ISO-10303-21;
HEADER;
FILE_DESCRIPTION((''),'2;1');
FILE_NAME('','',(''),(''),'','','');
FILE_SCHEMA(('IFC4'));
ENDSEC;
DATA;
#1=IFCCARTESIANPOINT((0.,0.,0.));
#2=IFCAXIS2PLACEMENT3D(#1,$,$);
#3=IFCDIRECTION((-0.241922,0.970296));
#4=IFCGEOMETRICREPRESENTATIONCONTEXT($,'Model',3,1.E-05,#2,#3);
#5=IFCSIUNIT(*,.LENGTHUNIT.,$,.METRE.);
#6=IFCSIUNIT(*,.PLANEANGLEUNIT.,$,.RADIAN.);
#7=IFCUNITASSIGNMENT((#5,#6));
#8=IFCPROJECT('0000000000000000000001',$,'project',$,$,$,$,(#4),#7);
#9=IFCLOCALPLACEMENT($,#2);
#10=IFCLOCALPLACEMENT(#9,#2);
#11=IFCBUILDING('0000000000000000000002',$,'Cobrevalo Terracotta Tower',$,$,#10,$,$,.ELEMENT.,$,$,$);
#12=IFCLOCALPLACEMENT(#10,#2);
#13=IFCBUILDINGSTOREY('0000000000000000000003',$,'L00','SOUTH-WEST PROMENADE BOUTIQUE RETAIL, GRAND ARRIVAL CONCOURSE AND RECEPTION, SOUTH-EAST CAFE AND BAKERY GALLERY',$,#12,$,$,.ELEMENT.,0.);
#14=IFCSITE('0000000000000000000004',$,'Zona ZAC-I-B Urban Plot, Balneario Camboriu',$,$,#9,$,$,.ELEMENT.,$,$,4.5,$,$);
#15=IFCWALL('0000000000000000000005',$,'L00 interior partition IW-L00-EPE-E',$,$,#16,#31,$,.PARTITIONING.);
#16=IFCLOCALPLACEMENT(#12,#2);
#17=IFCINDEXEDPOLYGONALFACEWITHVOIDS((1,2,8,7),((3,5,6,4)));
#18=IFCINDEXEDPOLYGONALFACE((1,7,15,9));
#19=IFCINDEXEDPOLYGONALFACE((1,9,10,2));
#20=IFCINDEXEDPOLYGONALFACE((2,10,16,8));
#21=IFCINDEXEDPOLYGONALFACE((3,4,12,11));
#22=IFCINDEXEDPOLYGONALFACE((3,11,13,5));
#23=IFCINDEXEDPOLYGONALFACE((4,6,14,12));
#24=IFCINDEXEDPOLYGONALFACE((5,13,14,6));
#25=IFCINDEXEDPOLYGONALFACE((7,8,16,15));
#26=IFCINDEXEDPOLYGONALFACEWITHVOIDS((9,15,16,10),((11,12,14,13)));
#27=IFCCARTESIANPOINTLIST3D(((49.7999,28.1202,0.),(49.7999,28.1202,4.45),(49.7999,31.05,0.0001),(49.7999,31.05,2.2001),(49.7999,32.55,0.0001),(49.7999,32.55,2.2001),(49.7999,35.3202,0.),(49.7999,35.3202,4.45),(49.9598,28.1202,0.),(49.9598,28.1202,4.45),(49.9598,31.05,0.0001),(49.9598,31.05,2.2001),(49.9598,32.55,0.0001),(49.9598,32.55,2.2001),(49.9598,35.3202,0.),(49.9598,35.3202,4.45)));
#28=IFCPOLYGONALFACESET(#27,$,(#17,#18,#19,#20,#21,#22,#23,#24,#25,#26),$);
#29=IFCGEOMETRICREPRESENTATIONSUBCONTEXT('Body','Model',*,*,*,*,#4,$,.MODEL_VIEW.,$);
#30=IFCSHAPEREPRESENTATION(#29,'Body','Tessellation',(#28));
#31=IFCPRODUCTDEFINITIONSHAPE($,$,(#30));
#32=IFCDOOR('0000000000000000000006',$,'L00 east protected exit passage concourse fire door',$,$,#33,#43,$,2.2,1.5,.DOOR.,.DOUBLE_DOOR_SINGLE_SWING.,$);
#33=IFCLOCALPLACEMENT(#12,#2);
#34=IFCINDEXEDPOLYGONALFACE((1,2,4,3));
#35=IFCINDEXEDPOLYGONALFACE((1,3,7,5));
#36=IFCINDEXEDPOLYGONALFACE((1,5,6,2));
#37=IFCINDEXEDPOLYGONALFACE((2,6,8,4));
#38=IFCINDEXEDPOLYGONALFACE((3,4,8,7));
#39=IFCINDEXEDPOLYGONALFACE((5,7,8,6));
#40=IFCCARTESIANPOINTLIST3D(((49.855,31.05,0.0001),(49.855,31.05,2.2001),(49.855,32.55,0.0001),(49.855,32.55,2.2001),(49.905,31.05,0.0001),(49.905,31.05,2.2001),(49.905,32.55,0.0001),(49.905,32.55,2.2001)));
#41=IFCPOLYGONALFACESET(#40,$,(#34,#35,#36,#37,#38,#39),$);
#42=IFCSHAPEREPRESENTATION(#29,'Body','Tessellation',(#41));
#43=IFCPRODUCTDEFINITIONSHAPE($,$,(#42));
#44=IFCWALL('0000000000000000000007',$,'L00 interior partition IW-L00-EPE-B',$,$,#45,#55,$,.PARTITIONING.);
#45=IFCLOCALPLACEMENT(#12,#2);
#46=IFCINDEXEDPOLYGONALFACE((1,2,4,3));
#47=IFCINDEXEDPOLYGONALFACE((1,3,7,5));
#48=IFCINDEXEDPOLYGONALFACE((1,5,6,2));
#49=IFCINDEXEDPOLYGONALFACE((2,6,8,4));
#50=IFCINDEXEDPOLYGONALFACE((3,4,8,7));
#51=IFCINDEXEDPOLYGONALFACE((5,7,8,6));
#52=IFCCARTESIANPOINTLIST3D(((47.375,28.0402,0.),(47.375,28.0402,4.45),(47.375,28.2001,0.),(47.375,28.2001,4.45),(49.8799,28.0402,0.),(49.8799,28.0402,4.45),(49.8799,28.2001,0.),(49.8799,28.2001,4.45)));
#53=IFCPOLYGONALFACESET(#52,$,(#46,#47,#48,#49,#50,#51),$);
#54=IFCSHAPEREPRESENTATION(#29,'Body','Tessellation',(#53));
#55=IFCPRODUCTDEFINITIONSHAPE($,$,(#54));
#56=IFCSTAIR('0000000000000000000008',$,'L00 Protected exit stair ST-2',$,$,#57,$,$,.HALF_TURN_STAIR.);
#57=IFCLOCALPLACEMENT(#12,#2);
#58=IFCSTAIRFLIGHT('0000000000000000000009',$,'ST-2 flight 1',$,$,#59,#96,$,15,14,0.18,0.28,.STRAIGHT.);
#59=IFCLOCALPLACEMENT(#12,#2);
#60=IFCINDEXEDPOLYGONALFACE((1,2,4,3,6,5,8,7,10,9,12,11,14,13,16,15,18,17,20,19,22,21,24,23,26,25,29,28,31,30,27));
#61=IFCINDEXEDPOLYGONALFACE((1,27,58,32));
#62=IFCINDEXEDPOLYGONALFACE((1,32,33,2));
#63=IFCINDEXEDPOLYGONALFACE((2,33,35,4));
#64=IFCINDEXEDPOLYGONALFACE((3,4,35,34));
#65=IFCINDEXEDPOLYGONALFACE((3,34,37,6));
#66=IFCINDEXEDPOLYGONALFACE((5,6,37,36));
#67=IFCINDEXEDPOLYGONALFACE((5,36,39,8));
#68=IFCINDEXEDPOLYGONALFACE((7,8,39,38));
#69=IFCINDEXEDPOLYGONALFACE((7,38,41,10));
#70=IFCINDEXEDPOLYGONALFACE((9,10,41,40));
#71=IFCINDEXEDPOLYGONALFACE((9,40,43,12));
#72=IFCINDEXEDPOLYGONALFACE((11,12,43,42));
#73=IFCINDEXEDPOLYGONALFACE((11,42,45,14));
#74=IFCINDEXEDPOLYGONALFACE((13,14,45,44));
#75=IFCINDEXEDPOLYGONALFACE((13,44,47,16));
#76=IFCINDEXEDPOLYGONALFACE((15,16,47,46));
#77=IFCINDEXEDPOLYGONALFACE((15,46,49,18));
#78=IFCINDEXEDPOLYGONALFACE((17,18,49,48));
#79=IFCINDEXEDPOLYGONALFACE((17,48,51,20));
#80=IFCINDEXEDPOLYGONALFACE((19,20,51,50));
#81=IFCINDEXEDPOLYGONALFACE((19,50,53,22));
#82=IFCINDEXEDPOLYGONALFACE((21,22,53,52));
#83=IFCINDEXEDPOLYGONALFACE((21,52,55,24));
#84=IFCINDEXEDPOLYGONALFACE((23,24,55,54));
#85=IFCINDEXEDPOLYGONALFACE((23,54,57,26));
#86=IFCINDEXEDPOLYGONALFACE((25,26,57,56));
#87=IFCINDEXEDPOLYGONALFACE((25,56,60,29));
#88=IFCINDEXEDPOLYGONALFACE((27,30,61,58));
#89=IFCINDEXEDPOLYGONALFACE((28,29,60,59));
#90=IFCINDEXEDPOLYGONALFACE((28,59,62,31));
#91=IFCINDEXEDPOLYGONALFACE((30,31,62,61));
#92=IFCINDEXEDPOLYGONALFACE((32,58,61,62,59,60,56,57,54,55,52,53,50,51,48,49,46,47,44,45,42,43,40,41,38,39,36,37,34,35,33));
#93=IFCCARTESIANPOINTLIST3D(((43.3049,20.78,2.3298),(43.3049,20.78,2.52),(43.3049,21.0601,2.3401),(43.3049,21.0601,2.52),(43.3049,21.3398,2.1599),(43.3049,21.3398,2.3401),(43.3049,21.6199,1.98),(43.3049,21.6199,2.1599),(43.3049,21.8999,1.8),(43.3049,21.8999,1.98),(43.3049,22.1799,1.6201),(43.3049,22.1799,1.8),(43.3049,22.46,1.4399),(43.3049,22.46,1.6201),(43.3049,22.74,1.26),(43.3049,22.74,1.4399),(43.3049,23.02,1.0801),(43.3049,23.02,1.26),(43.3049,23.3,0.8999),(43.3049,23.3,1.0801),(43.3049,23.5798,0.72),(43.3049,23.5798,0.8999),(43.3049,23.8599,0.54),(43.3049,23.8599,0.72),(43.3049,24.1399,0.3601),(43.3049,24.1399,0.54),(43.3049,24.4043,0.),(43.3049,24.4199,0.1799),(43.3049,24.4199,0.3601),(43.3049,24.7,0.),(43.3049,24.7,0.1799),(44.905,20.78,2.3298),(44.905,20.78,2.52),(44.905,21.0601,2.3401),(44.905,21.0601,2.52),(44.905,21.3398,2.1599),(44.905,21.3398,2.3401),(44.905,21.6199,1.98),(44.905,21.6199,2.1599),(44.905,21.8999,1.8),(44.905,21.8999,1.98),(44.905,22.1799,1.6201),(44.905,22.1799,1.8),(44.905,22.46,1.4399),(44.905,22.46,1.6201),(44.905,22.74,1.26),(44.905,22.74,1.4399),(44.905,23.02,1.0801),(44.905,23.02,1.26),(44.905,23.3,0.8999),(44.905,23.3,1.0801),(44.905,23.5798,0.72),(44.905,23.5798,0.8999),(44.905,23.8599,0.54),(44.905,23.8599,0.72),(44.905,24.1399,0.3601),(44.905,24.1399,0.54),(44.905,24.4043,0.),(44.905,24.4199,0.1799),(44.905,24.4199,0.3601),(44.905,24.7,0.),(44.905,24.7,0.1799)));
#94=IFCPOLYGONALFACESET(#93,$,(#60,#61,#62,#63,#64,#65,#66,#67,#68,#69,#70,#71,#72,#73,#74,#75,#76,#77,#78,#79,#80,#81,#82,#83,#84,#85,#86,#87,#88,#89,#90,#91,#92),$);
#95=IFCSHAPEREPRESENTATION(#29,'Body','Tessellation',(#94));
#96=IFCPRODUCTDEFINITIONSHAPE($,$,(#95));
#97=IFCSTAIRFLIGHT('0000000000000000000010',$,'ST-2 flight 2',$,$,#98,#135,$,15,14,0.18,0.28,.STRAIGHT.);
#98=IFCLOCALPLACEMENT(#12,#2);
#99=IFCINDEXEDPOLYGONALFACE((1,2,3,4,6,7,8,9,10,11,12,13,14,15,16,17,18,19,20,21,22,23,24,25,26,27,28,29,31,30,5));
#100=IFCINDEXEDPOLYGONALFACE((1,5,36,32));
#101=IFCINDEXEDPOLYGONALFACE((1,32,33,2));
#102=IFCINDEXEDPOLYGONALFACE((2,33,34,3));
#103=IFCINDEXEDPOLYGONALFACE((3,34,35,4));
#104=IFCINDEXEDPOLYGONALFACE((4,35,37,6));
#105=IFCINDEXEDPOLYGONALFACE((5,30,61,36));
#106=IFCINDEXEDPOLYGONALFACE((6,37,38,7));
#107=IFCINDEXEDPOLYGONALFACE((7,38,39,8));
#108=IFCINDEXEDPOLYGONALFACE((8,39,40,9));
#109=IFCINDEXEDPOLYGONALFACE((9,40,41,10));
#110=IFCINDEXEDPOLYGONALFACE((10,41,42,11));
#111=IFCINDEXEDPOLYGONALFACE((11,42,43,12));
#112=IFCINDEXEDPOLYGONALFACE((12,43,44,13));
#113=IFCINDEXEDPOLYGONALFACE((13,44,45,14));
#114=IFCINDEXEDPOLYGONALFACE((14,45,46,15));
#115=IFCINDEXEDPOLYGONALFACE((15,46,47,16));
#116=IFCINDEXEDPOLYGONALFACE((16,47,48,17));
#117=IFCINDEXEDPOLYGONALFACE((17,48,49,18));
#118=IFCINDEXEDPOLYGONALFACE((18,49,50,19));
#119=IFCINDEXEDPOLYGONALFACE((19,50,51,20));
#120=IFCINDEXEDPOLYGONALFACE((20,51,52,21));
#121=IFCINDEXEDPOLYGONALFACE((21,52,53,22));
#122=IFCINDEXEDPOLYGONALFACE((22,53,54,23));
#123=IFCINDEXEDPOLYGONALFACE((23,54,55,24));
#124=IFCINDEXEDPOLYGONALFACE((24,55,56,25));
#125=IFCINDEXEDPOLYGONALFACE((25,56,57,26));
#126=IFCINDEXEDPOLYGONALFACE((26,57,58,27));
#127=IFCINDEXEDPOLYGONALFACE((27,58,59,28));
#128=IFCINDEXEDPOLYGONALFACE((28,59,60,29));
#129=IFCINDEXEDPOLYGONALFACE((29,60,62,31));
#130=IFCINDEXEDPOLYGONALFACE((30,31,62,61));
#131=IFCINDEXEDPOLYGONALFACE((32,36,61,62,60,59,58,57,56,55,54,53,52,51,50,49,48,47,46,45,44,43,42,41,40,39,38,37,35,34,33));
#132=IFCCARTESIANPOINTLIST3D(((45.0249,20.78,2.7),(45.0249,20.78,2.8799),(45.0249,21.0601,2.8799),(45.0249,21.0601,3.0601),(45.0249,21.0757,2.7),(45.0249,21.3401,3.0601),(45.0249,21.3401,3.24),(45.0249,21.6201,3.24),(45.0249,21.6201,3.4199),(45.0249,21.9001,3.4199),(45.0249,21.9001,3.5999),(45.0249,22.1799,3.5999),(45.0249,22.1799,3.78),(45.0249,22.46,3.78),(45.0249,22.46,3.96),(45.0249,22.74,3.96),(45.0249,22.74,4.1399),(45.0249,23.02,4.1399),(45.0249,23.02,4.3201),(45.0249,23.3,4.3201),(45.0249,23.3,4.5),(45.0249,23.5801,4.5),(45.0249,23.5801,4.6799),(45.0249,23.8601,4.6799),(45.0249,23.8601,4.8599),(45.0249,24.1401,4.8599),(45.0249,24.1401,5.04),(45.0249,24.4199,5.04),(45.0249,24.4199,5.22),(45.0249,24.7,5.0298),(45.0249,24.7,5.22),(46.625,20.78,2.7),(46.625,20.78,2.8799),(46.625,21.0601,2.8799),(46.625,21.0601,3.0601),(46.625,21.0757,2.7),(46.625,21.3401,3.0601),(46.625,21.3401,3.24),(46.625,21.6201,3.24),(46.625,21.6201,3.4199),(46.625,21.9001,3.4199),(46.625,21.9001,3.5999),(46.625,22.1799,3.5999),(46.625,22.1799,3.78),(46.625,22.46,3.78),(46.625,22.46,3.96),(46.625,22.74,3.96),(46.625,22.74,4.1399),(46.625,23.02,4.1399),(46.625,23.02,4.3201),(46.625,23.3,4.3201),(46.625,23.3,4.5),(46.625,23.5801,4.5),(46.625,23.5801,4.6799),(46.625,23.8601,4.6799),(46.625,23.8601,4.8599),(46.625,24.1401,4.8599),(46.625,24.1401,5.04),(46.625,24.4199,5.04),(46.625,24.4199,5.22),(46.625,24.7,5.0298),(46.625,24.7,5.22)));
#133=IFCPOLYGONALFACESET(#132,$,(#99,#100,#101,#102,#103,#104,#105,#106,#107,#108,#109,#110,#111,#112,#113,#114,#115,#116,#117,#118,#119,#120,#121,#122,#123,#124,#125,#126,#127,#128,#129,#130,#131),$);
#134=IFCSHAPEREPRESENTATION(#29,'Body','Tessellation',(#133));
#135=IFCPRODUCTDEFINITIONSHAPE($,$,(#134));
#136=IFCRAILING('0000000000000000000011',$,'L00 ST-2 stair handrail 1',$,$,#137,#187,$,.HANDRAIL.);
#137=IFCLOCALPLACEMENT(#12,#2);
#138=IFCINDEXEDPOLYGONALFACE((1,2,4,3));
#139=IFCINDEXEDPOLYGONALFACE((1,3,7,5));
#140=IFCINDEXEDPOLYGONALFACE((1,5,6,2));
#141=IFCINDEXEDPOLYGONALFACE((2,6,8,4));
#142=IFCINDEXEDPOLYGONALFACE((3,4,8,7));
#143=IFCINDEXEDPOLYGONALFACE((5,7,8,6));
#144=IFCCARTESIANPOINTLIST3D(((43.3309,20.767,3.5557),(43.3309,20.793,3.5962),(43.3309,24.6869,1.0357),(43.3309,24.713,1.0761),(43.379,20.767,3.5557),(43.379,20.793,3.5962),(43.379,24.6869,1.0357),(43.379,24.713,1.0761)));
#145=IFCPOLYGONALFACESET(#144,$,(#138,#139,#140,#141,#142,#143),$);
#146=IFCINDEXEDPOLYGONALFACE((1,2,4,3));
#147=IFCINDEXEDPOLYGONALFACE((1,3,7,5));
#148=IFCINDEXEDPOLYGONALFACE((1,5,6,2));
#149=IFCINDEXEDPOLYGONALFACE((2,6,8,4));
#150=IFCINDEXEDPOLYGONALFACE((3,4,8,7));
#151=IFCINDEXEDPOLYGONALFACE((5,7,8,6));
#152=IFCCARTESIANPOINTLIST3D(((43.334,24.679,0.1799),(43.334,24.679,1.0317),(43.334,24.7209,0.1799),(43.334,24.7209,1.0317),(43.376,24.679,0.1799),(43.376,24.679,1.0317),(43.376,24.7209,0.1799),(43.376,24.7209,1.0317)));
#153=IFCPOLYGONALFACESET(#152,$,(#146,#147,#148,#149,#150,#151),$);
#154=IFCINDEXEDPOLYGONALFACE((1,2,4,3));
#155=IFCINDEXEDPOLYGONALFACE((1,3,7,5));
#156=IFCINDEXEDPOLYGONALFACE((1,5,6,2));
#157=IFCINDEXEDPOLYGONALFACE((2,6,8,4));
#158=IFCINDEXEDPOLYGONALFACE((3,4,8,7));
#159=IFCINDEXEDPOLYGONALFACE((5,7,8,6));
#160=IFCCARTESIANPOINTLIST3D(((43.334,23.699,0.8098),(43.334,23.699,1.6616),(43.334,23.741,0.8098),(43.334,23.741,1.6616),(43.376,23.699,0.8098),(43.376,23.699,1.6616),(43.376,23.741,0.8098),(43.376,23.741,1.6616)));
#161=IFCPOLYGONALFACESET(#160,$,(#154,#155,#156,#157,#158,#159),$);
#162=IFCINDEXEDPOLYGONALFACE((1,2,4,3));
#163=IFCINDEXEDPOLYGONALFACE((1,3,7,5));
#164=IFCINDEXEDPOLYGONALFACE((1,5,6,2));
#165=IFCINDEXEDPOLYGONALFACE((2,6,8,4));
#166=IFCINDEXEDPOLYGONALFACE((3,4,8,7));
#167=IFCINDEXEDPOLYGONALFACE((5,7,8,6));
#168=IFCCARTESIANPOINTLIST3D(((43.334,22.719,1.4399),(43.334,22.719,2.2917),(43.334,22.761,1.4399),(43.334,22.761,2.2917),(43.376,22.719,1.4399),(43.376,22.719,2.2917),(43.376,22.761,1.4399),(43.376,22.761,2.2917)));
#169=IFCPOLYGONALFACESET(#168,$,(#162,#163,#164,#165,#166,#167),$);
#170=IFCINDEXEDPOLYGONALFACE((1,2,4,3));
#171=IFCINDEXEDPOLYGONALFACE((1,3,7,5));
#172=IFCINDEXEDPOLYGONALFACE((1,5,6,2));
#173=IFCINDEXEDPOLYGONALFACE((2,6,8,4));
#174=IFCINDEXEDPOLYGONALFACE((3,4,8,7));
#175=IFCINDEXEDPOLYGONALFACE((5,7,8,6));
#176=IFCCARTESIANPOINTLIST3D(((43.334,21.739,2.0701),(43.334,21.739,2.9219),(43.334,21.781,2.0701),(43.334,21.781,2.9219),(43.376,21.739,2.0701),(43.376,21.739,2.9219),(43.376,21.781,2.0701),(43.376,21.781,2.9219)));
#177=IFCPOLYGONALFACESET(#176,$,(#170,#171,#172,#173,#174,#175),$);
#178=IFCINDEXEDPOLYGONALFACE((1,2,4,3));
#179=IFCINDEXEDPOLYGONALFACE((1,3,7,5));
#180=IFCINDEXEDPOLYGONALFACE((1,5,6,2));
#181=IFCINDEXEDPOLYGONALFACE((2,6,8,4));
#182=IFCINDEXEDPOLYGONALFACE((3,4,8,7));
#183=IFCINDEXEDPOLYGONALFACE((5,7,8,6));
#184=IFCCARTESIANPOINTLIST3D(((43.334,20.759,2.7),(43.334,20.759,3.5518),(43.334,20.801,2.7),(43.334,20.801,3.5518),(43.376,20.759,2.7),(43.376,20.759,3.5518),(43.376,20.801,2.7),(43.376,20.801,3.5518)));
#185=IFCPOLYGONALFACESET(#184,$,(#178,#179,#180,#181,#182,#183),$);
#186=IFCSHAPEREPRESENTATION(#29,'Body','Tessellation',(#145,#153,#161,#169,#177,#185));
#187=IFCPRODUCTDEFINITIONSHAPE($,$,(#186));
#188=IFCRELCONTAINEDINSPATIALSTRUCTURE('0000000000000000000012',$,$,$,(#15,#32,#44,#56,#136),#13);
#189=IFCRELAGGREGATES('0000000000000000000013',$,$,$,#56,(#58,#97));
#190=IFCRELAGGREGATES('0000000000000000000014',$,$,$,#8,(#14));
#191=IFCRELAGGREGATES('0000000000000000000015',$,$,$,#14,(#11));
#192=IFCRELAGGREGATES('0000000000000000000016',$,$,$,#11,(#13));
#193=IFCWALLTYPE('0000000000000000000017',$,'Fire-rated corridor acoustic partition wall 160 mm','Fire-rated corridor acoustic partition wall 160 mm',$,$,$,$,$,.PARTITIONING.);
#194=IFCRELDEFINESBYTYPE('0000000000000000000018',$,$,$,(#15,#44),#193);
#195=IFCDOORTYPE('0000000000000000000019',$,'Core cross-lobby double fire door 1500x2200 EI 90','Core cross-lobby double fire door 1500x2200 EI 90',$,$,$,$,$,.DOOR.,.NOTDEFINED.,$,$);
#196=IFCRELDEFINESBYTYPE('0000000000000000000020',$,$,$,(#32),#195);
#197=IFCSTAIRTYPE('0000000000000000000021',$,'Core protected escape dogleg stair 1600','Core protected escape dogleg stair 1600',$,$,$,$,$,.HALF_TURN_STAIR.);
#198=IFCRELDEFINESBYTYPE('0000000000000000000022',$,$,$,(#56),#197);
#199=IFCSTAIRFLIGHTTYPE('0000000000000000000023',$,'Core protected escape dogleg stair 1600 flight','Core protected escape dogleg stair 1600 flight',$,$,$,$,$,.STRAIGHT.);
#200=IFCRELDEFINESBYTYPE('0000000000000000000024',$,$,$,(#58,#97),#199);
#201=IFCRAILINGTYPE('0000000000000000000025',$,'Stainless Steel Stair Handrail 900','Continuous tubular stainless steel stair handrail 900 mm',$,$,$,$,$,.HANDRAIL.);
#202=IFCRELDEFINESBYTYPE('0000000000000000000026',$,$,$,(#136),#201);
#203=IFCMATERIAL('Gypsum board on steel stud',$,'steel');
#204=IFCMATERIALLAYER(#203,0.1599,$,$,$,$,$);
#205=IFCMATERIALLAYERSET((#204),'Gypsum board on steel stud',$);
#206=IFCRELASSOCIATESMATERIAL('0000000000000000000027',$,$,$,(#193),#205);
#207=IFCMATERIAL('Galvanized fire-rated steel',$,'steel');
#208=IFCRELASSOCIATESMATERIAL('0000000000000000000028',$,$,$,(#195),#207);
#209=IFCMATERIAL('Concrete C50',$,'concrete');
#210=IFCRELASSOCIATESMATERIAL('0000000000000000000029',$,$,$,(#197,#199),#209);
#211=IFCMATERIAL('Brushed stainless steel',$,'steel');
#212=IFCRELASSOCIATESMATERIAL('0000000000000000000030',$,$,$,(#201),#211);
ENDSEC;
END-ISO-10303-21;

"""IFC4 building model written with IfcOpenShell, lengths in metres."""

from ifc_helpers import new_model, si_unit, direction, frame, frame_2d, origin, origin_2d, place, context, subcontext, project, spatial, polyline, rectangle, outline, extrude, source, transform, mapped, material, layer, layer_set, type_object, element, fill, aggregate, save


model = new_model("IFC4")

# Units and contexts
model_context = context("Model", 3, precision=1e-05, world=origin(), true_north=direction((-0.241922, 0.970296)))
body_context = subcontext(model_context, "Body", "Model", "MODEL_VIEW")
ifc_project = project(units=[si_unit("LENGTHUNIT", "METRE"), si_unit("PLANEANGLEUNIT", "RADIAN")], contexts=[model_context])

# Site, building, storey
site_placement = place(None, origin())
site = spatial("IfcSite", under=ifc_project, at=site_placement, Name="Zona ZAC-I-B Urban Plot, Balneario Camboriu", CompositionType="ELEMENT", RefElevation=4.5)
building_placement = place(site_placement, origin())
building = spatial("IfcBuilding", under=site, at=building_placement, Name="Cobrevalo Terracotta Tower", CompositionType="ELEMENT")
storey_placement = place(building_placement, origin())
storey = spatial("IfcBuildingStorey", under=building, at=storey_placement, Name="L00", Description="SOUTH-WEST PROMENADE BOUTIQUE RETAIL, GRAND ARRIVAL CONCOURSE AND RECEPTION, SOUTH-EAST CAFE AND BAKERY GALLERY", CompositionType="ELEMENT", Elevation=0.0)

# Wall, opening, door
ifc_material_1 = material(Name="Gypsum board on steel stud", Category="steel")
ifc_layer = layer(ifc_material_1, 0.1599)
ifc_layer_set = layer_set([ifc_layer], Name="Gypsum board on steel stud")
wall_type = type_object("IfcWallType", Name="Fire-rated corridor acoustic partition wall 160 mm", Description="Fire-rated corridor acoustic partition wall 160 mm", PredefinedType="PARTITIONING", material=ifc_layer_set)
wall_1_placement = place(storey_placement, frame((49.8799, 28.1201, 0.0), z_axis=(0.0, 0.0, 1.0), x_axis=(0.0, 1.0, 0.0)))
wall_1 = element("IfcWall", 1, at=wall_1_placement, inside=storey, type_object=wall_type, Name="L00 interior partition IW-L00-EPE-E", PredefinedType="PARTITIONING", context=body_context, shape_type="SweptSolid", body=[
    extrude(rectangle(XDim=7.2, YDim=0.1599, at=frame_2d((3.6001, 0.0))), origin(), (0.0, 0.0, 1.0), 4.45),
])
opening_placement = place(wall_1_placement, frame((2.9299, 0.0, 0.0)))
opening = element("IfcOpeningElement", 2, at=opening_placement, cuts=wall_1, PredefinedType="OPENING", context=body_context, shape_type="SweptSolid", body=[
    extrude(rectangle(XDim=1.5, YDim=2.2, at=frame_2d((0.75, 1.1001))), frame((0.0, 0.0898, 0.0), z_axis=(0.0, -1.0, 0.0), x_axis=(1.0, 0.0, 0.0)), (0.0, 0.0, 1.0), 0.1799),
])
ifc_material_2 = material(Name="Galvanized fire-rated steel", Category="steel")
door_type = type_object("IfcDoorType", Name="Core cross-lobby double fire door 1500x2200 EI 90", Description="Core cross-lobby double fire door 1500x2200 EI 90", OperationType="NOTDEFINED", PredefinedType="DOOR", material=ifc_material_2)
shared_shape = source(origin(), body_context, "Body", "SweptSolid", [
    extrude(rectangle(XDim=1.5, YDim=2.2, at=frame_2d((0.75, 1.1001))), frame((0.0, 0.0249, 0.0), z_axis=(0.0, -1.0, 0.0), x_axis=(1.0, 0.0, 0.0)), (0.0, 0.0, 1.0), 0.05),
])
door_placement = place(opening_placement, origin())
door = element("IfcDoor", 3, at=door_placement, inside=storey, type_object=door_type, Name="L00 east protected exit passage concourse fire door", OperationType="DOUBLE_DOOR_SINGLE_SWING", OverallHeight=2.2, OverallWidth=1.5, PredefinedType="DOOR", context=body_context, shape_type="MappedRepresentation", body=[
    mapped(shared_shape, transform((0.0, 0.0, 0.0), scale=1.0)),
])
fill(opening, door)

# Wall
wall_2_placement = place(storey_placement, frame((47.375, 28.1201, 0.0), z_axis=(0.0, 0.0, 1.0), x_axis=(1.0, 0.0, 0.0)))
element("IfcWall", 4, at=wall_2_placement, inside=storey, type_object=wall_type, Name="L00 interior partition IW-L00-EPE-B", PredefinedType="PARTITIONING", context=body_context, shape_type="SweptSolid", body=[
    extrude(rectangle(XDim=2.5049, YDim=0.1599, at=frame_2d((1.2524, 0.0))), origin(), (0.0, 0.0, 1.0), 4.45),
])

# Stair, stair flights
ifc_material_3 = material(Name="Concrete C50", Category="concrete")
stair_type = type_object("IfcStairType", Name="Core protected escape dogleg stair 1600", Description="Core protected escape dogleg stair 1600", PredefinedType="HALF_TURN_STAIR", material=ifc_material_3)
stair_placement = place(storey_placement, origin())
stair = element("IfcStair", 5, at=stair_placement, inside=storey, type_object=stair_type, Name="L00 Protected exit stair ST-2", PredefinedType="HALF_TURN_STAIR")
stair_flight_type = type_object("IfcStairFlightType", Name="Core protected escape dogleg stair 1600 flight", Description="Core protected escape dogleg stair 1600 flight", PredefinedType="STRAIGHT", material=ifc_material_3)
stair_flight_1_placement = place(storey_placement, frame((44.105, 24.7, 0.0), z_axis=(0.0, 0.0, 1.0), x_axis=(0.0, -1.0, 0.0)))
stair_flight_1 = element("IfcStairFlight", 6, at=stair_flight_1_placement, type_object=stair_flight_type, Name="ST-2 flight 1", NumberOfRisers=15, NumberOfTreads=14, PredefinedType="STRAIGHT", RiserHeight=0.18, TreadLength=0.28, context=body_context, shape_type="SweptSolid", body=[
    extrude(outline(polyline([(0.0, 0.0), (0.0, 0.1799), (0.28, 0.1799), (0.28, 0.3601), (0.5601, 0.3601), (0.5601, 0.54), (0.8401, 0.54), (0.8401, 0.72), (1.1201, 0.72), (1.1201, 0.8999), (1.3999, 0.8999), (1.3999, 1.0801), (1.6799, 1.0801), (1.6799, 1.26), (1.96, 1.26), (1.96, 1.4399), (2.24, 1.4399), (2.24, 1.6201), (2.52, 1.6201), (2.52, 1.8), (2.8, 1.8), (2.8, 1.98), (3.0801, 1.98), (3.0801, 2.1599), (3.3601, 2.1599), (3.3601, 2.3401), (3.6399, 2.3401), (3.6399, 2.52), (3.9199, 2.52), (3.9199, 2.7), (3.9199, 2.3298), (0.2957, 0.0), (0.0, 0.0)])), frame((0.0, 0.8, 0.0), z_axis=(0.0, -1.0, 0.0), x_axis=(1.0, 0.0, 0.0)), (0.0, 0.0, 1.0), 1.6001),
])
stair_flight_2_placement = place(storey_placement, frame((45.825, 20.78, 2.7), z_axis=(0.0, 0.0, 1.0), x_axis=(0.0, 1.0, 0.0)))
stair_flight_2 = element("IfcStairFlight", 7, at=stair_flight_2_placement, type_object=stair_flight_type, Name="ST-2 flight 2", NumberOfRisers=15, NumberOfTreads=14, PredefinedType="STRAIGHT", RiserHeight=0.18, TreadLength=0.28, context=body_context, shape_type="SweptSolid", body=[
    extrude(outline(polyline([(0.0, 0.0), (0.0, 0.1799), (0.28, 0.1799), (0.28, 0.3601), (0.5601, 0.3601), (0.5601, 0.54), (0.8401, 0.54), (0.8401, 0.72), (1.1201, 0.72), (1.1201, 0.8999), (1.3999, 0.8999), (1.3999, 1.0801), (1.6799, 1.0801), (1.6799, 1.26), (1.96, 1.26), (1.96, 1.4399), (2.24, 1.4399), (2.24, 1.6201), (2.52, 1.6201), (2.52, 1.8), (2.8, 1.8), (2.8, 1.98), (3.0801, 1.98), (3.0801, 2.1599), (3.3601, 2.1599), (3.3601, 2.3401), (3.6399, 2.3401), (3.6399, 2.52), (3.9199, 2.52), (3.9199, 2.7), (3.9199, 2.3298), (0.2957, 0.0), (0.0, 0.0)])), frame((0.0, 0.8, 0.0), z_axis=(0.0, -1.0, 0.0), x_axis=(1.0, 0.0, 0.0)), (0.0, 0.0, 1.0), 1.6001),
])
aggregate(stair, [stair_flight_1, stair_flight_2])

# Railing
ifc_material_4 = material(Name="Brushed stainless steel", Category="steel")
railing_type_1 = type_object("IfcRailingType", Name="Stainless Steel Stair Handrail 900", Description="Continuous tubular stainless steel stair handrail 900 mm", PredefinedType="HANDRAIL", material=ifc_material_4)
railing_1_placement = place(storey_placement, frame((43.355, 24.7, 0.1799)))
element("IfcRailing", 8, at=railing_1_placement, inside=storey, type_object=railing_type_1, Name="L00 ST-2 stair handrail 1", PredefinedType="HANDRAIL", context=body_context, shape_type="SweptSolid", body=[
    extrude(rectangle(XDim=0.0481, YDim=0.0481, at=origin_2d()), frame((0.0, 0.0, 0.876), z_axis=(0.0, -0.841172, 0.540768), x_axis=(1.0, 0.0, 0.0)), (0.0, 0.0, 1.0), 4.6602),
    extrude(rectangle(XDim=0.042, YDim=0.042, at=origin_2d()), origin(), (0.0, 0.0, 1.0), 0.8518),
    extrude(rectangle(XDim=0.042, YDim=0.042, at=origin_2d()), frame((0.0, -0.98, 0.6299)), (0.0, 0.0, 1.0), 0.8518),
    extrude(rectangle(XDim=0.042, YDim=0.042, at=origin_2d()), frame((0.0, -1.96, 1.26)), (0.0, 0.0, 1.0), 0.8518),
    extrude(rectangle(XDim=0.042, YDim=0.042, at=origin_2d()), frame((0.0, -2.9399, 1.8901)), (0.0, 0.0, 1.0), 0.8518),
    extrude(rectangle(XDim=0.042, YDim=0.042, at=origin_2d()), frame((0.0, -3.9199, 2.52)), (0.0, 0.0, 1.0), 0.8518),
])

save(model, "model.ifc")
